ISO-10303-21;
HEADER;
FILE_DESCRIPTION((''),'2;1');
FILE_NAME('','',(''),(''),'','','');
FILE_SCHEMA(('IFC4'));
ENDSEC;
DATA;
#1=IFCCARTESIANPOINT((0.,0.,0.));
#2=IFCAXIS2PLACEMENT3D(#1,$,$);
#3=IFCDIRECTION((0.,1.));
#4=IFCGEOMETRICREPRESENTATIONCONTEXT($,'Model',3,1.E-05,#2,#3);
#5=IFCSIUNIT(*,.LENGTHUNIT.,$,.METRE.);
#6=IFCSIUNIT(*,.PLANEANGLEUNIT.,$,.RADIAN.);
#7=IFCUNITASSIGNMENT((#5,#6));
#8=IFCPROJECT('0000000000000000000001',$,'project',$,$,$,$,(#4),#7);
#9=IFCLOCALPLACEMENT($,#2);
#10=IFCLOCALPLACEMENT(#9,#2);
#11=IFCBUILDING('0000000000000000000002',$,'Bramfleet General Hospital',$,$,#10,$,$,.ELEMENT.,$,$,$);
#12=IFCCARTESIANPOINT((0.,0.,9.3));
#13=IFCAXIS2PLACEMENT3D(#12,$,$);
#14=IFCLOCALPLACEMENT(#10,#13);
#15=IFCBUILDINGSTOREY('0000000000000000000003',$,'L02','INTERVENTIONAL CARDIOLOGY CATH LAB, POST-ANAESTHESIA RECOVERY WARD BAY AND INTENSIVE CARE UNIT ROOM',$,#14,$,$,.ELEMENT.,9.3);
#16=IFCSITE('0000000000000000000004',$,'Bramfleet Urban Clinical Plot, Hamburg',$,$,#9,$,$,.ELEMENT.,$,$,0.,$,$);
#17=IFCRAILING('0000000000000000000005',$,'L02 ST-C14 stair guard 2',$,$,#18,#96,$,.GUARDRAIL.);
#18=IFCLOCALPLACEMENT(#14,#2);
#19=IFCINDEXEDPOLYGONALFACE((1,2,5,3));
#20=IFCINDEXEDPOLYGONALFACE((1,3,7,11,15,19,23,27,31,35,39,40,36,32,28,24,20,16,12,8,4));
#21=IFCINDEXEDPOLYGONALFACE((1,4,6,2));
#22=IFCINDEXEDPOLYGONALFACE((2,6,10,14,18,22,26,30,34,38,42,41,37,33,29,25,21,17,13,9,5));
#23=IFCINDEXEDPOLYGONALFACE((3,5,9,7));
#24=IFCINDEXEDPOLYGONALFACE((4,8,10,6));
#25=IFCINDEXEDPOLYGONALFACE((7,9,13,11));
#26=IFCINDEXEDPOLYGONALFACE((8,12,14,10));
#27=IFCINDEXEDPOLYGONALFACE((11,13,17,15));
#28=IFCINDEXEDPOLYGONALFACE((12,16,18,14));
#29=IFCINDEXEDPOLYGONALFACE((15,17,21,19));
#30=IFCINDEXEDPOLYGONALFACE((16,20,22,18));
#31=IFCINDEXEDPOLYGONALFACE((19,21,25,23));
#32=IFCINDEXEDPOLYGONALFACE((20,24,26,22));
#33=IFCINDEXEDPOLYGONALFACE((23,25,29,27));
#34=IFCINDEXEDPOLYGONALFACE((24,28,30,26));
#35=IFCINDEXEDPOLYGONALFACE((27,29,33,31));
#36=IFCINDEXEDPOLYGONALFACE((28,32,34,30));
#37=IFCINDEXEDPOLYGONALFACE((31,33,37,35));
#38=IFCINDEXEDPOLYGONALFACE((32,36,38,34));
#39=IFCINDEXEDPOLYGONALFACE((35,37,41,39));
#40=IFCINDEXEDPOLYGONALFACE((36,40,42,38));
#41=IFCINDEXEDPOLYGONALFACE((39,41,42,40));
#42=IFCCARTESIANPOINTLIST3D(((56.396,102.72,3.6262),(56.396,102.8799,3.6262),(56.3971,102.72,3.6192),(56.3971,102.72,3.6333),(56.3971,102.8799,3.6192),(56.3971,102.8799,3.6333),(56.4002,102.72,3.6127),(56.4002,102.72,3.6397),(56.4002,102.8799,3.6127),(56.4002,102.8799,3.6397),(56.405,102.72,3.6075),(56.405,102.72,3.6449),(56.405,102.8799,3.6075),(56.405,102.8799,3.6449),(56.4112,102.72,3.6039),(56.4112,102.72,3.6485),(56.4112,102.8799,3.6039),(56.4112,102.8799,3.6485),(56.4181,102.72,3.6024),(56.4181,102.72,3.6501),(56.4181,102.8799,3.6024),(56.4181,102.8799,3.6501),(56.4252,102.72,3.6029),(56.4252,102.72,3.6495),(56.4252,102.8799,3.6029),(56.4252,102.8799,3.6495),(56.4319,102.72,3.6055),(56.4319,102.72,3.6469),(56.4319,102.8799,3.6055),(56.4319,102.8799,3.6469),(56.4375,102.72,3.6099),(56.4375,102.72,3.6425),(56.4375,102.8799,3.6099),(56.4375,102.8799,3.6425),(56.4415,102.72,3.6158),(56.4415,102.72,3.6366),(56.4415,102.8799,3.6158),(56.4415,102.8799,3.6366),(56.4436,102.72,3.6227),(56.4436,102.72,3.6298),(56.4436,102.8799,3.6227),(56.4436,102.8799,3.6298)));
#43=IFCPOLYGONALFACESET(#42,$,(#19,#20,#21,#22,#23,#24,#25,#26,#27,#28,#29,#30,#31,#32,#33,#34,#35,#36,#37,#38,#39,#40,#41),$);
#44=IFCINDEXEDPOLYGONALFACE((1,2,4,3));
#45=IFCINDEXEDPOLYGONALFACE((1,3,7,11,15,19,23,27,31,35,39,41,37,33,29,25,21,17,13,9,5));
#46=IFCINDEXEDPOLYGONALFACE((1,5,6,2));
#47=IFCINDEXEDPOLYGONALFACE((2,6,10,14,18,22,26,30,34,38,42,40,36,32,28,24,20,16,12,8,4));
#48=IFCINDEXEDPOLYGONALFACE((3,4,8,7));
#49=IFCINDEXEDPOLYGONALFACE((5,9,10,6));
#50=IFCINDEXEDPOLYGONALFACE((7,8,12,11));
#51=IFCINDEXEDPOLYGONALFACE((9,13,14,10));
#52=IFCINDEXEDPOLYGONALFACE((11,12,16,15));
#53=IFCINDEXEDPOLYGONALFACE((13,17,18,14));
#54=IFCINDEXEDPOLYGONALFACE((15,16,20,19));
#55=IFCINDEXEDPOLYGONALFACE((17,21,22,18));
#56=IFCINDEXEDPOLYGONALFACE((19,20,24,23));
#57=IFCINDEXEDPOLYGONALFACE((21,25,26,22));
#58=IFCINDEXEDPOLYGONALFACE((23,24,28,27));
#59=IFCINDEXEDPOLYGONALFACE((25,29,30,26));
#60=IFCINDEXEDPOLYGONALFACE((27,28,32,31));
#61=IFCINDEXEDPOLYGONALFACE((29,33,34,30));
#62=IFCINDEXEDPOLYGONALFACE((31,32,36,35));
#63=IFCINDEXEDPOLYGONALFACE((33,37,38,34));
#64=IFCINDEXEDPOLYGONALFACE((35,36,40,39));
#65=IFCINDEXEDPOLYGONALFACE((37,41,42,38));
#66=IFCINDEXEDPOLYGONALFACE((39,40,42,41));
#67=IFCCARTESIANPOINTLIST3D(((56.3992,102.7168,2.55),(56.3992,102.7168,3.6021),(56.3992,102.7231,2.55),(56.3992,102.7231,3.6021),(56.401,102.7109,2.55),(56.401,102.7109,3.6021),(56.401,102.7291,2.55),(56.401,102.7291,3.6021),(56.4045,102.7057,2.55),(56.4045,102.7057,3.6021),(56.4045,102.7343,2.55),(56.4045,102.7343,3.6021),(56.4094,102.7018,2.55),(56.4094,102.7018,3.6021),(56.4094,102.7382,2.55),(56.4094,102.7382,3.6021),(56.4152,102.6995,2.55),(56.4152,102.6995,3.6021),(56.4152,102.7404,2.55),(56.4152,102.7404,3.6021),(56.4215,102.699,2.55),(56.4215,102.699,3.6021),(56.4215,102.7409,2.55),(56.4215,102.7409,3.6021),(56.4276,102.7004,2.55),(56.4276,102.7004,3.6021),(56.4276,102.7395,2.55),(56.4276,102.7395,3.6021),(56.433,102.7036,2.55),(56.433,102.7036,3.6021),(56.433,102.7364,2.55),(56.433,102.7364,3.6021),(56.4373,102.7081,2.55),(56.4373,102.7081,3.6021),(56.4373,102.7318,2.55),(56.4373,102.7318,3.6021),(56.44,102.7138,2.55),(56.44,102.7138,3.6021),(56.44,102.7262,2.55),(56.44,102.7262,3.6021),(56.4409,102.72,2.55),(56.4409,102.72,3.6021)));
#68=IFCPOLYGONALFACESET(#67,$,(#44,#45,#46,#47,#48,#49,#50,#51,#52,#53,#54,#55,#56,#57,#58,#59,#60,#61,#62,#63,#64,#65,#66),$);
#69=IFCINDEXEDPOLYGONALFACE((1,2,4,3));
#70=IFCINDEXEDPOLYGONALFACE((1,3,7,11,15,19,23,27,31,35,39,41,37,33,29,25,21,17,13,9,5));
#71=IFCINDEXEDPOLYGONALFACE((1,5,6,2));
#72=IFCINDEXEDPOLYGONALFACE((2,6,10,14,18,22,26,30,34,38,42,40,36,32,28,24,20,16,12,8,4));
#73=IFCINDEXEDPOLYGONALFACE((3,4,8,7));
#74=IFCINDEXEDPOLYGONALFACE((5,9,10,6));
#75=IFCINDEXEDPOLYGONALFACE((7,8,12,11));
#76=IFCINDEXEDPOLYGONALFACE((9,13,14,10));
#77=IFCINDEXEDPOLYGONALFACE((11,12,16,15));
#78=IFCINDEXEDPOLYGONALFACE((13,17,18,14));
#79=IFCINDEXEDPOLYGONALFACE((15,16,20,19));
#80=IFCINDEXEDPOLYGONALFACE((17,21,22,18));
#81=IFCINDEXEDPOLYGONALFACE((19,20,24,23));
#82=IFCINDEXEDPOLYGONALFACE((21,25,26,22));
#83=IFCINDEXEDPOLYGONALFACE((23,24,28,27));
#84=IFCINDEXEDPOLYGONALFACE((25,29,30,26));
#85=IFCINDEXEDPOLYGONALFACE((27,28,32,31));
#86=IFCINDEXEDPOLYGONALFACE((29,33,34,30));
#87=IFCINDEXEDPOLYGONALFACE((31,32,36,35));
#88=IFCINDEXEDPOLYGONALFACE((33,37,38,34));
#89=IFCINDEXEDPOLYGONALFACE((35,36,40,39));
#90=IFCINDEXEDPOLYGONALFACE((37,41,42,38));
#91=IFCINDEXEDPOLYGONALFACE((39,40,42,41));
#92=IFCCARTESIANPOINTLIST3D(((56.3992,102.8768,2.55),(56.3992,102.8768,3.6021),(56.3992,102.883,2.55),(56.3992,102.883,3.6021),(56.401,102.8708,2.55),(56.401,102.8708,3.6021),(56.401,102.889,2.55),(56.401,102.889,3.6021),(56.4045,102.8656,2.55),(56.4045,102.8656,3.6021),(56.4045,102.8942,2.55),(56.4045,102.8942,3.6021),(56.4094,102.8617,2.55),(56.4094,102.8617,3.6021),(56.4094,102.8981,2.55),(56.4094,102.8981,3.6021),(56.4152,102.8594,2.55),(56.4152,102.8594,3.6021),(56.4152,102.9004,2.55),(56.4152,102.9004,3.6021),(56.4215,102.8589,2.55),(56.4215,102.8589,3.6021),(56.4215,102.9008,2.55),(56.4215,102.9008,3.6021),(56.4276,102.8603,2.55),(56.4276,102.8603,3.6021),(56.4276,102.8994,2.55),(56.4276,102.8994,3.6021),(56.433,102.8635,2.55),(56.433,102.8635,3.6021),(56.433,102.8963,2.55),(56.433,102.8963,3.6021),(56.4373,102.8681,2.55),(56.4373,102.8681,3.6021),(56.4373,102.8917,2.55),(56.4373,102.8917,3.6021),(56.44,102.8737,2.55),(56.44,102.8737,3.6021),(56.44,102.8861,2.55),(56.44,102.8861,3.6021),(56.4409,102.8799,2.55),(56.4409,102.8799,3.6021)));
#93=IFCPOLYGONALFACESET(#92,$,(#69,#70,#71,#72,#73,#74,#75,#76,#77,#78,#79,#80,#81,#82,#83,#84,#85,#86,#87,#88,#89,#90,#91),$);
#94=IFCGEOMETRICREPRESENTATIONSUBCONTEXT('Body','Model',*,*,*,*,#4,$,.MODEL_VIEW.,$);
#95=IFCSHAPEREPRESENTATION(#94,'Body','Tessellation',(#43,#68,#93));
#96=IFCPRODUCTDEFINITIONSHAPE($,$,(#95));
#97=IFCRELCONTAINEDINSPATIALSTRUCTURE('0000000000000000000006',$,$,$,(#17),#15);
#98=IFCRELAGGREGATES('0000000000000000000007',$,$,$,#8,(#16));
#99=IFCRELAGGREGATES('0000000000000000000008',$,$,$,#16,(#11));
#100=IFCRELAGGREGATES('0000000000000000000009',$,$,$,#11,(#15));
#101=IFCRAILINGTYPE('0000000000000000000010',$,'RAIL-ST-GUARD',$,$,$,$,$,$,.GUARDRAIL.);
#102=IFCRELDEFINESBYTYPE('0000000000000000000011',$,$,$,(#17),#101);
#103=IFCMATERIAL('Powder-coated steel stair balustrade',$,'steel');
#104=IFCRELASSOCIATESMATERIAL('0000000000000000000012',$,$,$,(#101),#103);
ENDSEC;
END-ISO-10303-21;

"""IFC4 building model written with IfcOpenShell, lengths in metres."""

from ifc_helpers import new_model, si_unit, direction, frame, origin, origin_2d, place, context, subcontext, project, spatial, circle, extrude, material, type_object, element, save


model = new_model("IFC4")

# Units and contexts
model_context = context("Model", 3, precision=1e-05, world=origin(), true_north=direction((0.0, 1.0)))
body_context = subcontext(model_context, "Body", "Model", "MODEL_VIEW")
ifc_project = project(units=[si_unit("LENGTHUNIT", "METRE"), si_unit("PLANEANGLEUNIT", "RADIAN")], contexts=[model_context])

# Site, building, storey
site_placement = place(None, origin())
site = spatial("IfcSite", under=ifc_project, at=site_placement, Name="Bramfleet Urban Clinical Plot, Hamburg", CompositionType="ELEMENT", RefElevation=0.0)
building_placement = place(site_placement, origin())
building = spatial("IfcBuilding", under=site, at=building_placement, Name="Bramfleet General Hospital", CompositionType="ELEMENT")
storey_placement = place(building_placement, frame((0.0, 0.0, 9.3)))
storey = spatial("IfcBuildingStorey", under=building, at=storey_placement, Name="L02", Description="INTERVENTIONAL CARDIOLOGY CATH LAB, POST-ANAESTHESIA RECOVERY WARD BAY AND INTENSIVE CARE UNIT ROOM", CompositionType="ELEMENT", Elevation=9.3)

# Railing
ifc_material_1 = material(Name="Powder-coated steel stair balustrade", Category="steel")
railing_type_1 = type_object("IfcRailingType", Name="RAIL-ST-GUARD", PredefinedType="GUARDRAIL", material=ifc_material_1)
railing_1_placement = place(storey_placement, frame((56.4199, 102.72, 2.55)))
element("IfcRailing", 1, at=railing_1_placement, inside=storey, type_object=railing_type_1, Name="L02 ST-C14 stair guard 2", PredefinedType="GUARDRAIL", context=body_context, shape_type="SweptSolid", body=[
    extrude(circle(Radius=0.0239, at=origin_2d()), frame((0.0, 0.0, 1.0762), z_axis=(0.0, 1.0, 0.0), x_axis=(-1.0, 0.0, 0.0)), (0.0, 0.0, 1.0), 0.1599),
    extrude(circle(Radius=0.021, at=origin_2d()), origin(), (0.0, 0.0, 1.0), 1.052),
    extrude(circle(Radius=0.021, at=origin_2d()), frame((0.0, 0.1599, 0.0)), (0.0, 0.0, 1.0), 1.052),
])

save(model, "model.ifc")
